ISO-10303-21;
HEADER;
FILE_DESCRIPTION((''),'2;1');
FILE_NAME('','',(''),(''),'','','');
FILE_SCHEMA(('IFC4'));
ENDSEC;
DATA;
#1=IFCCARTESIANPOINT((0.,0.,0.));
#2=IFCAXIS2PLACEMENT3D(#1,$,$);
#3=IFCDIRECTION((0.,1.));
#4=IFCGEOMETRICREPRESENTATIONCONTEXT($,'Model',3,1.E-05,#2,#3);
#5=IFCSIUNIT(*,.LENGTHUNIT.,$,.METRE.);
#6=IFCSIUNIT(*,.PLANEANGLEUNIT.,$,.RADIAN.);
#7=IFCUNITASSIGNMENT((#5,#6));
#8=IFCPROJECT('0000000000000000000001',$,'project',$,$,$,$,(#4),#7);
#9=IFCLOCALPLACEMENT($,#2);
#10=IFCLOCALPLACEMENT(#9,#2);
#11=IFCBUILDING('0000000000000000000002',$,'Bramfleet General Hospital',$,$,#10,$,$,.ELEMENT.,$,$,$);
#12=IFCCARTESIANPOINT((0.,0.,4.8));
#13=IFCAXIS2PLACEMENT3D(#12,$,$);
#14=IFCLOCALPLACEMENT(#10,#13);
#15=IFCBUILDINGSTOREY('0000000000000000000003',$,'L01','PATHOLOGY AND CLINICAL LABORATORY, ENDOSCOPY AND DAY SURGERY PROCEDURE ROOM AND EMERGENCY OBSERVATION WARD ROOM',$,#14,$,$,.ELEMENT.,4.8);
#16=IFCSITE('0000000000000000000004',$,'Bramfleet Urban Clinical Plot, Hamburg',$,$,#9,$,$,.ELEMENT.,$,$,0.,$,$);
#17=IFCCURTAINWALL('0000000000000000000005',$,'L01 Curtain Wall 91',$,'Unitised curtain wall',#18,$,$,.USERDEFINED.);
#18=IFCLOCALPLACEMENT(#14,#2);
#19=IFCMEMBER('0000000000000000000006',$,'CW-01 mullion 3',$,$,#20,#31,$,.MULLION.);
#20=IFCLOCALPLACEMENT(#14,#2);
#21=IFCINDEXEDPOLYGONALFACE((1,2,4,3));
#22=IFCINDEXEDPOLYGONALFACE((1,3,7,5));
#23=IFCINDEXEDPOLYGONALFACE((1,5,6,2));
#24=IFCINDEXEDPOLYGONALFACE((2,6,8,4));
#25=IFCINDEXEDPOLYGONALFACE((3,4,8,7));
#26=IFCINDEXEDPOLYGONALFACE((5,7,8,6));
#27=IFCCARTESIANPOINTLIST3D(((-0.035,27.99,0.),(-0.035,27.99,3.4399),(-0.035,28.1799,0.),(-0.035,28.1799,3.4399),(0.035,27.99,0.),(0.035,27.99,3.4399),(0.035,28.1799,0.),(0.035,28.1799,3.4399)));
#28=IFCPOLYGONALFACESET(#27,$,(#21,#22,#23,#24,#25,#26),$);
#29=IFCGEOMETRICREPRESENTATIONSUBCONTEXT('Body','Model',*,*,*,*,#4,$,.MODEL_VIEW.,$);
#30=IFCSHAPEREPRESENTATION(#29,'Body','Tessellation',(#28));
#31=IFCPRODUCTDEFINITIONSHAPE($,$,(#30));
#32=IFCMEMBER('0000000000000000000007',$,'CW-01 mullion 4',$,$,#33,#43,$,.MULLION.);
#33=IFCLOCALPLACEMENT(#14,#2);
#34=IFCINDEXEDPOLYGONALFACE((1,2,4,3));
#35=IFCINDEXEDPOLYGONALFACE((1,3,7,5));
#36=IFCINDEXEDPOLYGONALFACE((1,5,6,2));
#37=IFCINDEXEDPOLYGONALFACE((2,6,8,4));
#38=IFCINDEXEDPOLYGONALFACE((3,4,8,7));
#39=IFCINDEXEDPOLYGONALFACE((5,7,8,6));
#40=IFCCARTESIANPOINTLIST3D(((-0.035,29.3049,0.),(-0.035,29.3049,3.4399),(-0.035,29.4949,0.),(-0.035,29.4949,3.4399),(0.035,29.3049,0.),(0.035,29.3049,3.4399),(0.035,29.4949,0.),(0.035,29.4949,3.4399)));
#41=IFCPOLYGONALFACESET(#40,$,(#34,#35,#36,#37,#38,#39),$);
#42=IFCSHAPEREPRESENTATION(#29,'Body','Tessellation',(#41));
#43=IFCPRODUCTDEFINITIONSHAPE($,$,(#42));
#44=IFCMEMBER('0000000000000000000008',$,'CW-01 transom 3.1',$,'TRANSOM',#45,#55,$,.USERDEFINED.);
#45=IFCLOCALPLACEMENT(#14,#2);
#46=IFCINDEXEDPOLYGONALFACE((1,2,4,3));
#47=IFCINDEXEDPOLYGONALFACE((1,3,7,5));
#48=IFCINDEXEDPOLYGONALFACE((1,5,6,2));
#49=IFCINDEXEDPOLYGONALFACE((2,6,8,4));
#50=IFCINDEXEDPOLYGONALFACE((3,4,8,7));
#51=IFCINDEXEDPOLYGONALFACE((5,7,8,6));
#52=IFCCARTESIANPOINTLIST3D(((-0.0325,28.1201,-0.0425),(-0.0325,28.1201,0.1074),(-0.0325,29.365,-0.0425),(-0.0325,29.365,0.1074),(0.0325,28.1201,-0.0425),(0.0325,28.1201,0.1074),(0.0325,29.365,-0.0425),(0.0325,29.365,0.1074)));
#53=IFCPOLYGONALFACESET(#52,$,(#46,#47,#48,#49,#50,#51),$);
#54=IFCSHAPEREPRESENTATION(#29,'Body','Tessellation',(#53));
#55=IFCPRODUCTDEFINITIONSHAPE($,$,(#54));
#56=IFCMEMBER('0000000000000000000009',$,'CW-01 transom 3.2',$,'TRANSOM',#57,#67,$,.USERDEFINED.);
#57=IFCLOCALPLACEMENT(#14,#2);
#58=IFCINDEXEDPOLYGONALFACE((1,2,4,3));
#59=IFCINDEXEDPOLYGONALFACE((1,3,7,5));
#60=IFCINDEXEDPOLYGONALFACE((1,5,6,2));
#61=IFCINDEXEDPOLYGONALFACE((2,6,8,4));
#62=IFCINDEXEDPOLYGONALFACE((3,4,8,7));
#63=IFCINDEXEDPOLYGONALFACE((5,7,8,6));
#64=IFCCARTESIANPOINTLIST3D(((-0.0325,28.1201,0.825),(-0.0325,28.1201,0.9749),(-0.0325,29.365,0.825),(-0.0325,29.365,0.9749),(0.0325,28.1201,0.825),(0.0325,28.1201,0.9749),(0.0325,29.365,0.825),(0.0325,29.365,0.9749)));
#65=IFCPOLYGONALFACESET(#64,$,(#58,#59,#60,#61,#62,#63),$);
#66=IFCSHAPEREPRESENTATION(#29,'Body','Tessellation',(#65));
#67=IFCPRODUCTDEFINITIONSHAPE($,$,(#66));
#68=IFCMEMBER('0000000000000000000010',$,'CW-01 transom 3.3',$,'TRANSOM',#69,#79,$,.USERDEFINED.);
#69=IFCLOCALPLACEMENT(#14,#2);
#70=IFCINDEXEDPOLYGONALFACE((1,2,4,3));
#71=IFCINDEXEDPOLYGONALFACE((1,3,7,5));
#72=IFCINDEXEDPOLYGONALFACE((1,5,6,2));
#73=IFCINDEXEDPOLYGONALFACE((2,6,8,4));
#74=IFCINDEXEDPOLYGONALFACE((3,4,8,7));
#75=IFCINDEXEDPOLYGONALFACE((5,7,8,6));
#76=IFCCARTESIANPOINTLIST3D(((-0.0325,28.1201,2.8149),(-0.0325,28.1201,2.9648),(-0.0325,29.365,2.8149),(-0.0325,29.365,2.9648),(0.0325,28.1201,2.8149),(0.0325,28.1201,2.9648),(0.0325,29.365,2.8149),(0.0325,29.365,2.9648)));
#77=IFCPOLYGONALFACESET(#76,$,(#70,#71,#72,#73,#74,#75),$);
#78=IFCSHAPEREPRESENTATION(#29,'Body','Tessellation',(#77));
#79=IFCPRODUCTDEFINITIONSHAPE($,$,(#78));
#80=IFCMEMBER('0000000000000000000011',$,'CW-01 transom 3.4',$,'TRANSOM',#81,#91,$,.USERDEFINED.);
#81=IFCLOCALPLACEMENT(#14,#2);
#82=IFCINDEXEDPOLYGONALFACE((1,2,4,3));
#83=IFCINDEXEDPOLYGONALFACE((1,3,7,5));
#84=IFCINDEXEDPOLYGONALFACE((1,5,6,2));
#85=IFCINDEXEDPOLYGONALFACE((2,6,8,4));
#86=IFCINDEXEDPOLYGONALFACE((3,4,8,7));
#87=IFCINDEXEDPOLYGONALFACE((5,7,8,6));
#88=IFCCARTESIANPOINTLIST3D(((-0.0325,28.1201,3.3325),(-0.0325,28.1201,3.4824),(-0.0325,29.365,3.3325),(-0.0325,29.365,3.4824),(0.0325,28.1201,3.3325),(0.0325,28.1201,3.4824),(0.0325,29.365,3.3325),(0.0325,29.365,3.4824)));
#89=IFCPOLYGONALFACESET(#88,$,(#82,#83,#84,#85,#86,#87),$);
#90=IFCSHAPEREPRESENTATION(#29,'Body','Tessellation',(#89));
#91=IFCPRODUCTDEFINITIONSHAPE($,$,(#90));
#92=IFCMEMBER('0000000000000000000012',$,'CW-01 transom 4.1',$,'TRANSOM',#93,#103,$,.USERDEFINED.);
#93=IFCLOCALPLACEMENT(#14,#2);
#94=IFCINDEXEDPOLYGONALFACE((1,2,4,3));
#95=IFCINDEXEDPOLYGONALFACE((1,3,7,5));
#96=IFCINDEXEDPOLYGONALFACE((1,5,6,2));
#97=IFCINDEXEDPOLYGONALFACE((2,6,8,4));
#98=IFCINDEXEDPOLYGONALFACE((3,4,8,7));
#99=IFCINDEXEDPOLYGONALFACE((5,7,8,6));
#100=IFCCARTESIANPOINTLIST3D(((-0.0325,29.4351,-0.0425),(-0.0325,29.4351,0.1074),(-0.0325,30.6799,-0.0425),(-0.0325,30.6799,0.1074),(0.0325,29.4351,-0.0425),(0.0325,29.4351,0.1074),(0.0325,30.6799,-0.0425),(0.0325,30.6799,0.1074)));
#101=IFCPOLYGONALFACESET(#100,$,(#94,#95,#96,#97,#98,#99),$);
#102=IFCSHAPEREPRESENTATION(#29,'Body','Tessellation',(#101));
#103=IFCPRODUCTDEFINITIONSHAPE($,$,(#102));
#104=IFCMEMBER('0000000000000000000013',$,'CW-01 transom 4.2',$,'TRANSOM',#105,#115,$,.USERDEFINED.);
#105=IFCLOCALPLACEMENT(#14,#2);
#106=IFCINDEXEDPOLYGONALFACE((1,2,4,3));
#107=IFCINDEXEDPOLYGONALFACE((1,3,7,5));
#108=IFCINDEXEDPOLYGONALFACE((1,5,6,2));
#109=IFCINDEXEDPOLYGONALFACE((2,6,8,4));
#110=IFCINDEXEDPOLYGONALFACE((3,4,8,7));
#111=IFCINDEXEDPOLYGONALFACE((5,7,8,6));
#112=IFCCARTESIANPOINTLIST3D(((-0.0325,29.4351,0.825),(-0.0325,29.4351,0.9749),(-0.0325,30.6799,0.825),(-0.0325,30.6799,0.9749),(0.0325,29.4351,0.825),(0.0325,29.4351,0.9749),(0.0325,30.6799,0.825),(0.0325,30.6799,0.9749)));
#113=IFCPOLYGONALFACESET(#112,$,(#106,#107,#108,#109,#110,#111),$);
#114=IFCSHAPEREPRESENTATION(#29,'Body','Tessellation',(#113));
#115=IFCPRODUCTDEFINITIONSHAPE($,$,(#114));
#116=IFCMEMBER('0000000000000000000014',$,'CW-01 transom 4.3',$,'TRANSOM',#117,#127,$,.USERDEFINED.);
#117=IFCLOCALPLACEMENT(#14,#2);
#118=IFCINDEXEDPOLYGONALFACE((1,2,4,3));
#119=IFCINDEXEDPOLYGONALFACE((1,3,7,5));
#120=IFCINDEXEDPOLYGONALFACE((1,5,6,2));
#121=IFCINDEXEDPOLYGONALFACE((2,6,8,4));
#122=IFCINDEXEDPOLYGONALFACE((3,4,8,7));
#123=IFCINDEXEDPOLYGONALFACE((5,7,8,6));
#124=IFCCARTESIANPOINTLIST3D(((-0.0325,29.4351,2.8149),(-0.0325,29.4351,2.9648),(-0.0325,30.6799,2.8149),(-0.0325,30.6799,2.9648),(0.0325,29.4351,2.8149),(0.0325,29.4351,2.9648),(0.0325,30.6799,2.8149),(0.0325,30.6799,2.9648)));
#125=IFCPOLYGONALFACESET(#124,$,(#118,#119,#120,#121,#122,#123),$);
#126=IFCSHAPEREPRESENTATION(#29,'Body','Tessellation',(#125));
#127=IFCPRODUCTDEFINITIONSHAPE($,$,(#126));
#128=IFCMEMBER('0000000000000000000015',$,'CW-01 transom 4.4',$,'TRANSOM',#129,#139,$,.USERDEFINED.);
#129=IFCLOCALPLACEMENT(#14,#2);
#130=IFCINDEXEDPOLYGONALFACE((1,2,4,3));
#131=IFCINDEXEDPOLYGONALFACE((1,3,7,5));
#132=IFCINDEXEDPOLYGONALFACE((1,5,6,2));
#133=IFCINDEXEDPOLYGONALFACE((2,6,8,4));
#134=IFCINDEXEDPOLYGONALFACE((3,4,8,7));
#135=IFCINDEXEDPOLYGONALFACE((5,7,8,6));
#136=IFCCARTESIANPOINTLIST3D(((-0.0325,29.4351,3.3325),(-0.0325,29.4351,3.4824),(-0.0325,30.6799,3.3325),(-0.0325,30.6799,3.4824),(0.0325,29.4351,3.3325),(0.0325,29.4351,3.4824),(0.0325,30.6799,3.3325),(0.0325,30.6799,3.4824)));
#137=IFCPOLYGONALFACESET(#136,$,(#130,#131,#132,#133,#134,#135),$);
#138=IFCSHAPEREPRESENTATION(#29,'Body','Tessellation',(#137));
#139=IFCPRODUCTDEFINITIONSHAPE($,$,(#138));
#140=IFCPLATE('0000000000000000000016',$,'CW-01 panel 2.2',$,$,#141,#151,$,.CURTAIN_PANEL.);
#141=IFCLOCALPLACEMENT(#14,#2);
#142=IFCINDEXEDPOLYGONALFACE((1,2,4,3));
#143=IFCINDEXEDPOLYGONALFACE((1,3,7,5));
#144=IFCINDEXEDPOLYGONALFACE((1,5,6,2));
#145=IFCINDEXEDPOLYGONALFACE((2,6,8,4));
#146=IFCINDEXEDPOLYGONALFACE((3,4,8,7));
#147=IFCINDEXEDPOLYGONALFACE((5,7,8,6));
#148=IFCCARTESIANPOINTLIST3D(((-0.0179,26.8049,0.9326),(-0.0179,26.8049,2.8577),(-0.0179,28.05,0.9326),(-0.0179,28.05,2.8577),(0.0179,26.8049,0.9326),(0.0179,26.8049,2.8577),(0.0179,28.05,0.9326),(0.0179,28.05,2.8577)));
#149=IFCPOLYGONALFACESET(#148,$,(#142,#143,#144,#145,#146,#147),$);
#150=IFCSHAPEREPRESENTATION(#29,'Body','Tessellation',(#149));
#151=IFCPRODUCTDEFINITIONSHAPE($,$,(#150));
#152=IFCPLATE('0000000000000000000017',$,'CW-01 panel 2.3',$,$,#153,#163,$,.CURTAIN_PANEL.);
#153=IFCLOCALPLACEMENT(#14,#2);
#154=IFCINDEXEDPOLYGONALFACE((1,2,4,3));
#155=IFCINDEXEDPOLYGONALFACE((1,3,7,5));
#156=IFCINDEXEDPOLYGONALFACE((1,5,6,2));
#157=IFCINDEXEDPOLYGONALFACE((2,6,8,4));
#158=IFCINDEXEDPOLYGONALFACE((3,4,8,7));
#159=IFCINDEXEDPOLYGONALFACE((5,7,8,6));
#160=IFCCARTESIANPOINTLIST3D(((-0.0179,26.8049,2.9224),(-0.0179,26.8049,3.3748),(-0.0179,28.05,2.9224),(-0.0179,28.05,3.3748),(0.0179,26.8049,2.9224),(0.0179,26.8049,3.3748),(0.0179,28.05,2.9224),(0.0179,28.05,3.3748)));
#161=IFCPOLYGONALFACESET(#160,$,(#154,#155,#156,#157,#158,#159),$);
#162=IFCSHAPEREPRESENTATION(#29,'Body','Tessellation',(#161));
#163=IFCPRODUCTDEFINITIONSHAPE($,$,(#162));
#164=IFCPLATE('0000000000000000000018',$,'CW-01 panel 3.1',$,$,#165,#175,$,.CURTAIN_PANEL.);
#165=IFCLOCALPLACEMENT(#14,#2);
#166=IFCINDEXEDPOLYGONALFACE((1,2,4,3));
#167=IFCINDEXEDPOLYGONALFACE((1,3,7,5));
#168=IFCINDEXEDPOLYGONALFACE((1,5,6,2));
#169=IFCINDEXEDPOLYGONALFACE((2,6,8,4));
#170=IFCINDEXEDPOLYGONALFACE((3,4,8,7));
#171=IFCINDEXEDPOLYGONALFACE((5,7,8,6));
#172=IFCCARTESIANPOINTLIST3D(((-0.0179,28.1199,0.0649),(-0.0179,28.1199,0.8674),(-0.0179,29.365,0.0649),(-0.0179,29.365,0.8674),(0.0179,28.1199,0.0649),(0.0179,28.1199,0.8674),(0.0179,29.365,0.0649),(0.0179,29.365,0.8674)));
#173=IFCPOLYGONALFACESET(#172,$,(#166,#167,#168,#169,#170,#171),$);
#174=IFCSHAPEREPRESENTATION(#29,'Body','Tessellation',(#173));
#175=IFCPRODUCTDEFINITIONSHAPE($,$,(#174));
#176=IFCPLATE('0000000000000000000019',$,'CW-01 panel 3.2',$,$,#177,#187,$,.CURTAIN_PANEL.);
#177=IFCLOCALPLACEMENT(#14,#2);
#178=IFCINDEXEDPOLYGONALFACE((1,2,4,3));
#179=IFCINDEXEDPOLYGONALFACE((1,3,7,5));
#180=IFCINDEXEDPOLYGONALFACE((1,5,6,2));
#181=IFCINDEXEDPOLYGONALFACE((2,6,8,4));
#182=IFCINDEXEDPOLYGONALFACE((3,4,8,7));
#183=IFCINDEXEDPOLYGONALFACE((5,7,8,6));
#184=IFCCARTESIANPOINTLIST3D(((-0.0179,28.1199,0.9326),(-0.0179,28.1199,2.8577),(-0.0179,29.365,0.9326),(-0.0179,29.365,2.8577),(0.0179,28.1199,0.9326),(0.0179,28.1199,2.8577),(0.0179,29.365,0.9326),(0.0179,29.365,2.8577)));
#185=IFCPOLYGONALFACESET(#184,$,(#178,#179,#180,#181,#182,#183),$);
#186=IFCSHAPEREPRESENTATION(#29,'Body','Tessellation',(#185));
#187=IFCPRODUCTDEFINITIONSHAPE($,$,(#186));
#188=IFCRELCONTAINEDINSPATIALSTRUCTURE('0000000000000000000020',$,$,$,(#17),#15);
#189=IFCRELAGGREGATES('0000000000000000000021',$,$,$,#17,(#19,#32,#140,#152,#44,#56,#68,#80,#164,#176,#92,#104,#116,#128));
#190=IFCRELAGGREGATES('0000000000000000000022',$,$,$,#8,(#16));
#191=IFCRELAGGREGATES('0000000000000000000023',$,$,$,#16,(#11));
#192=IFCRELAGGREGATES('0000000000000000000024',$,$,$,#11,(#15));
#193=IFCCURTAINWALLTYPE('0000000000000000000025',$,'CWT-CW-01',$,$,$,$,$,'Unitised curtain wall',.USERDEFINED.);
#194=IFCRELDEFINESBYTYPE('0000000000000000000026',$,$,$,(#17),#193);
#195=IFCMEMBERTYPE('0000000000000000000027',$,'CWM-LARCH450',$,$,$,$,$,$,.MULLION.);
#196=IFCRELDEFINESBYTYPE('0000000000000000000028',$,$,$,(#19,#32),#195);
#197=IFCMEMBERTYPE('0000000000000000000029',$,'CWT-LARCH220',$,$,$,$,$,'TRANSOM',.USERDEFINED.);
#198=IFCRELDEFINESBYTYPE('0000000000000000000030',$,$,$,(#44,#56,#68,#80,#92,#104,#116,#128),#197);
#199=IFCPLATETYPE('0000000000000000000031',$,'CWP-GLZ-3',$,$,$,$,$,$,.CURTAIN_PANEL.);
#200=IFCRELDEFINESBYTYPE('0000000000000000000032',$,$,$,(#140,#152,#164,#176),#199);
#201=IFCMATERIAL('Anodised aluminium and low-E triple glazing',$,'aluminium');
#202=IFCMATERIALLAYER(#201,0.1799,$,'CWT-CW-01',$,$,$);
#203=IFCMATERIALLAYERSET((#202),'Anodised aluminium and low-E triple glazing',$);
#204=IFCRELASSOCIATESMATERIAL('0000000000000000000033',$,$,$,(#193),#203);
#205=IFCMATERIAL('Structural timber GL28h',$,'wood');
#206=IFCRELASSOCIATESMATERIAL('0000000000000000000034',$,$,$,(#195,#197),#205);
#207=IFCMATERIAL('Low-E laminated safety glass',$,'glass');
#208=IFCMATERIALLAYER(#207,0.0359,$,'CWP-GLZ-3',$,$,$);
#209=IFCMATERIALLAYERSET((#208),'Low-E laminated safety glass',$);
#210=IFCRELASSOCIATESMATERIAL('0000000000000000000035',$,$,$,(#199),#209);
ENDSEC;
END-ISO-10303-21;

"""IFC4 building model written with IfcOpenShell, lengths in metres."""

from ifc_helpers import new_model, si_unit, direction, frame, origin, origin_2d, place, context, subcontext, project, spatial, rectangle, extrude, material, layer, layer_set, material_profile, profile_set, type_object, element, aggregate, save


model = new_model("IFC4")

# Units and contexts
model_context = context("Model", 3, precision=1e-05, world=origin(), true_north=direction((0.0, 1.0)))
body_context = subcontext(model_context, "Body", "Model", "MODEL_VIEW")
ifc_project = project(units=[si_unit("LENGTHUNIT", "METRE"), si_unit("PLANEANGLEUNIT", "RADIAN")], contexts=[model_context])

# Site, building, storey
site_placement = place(None, origin())
site = spatial("IfcSite", under=ifc_project, at=site_placement, Name="Bramfleet Urban Clinical Plot, Hamburg", CompositionType="ELEMENT", RefElevation=0.0)
building_placement = place(site_placement, origin())
building = spatial("IfcBuilding", under=site, at=building_placement, Name="Bramfleet General Hospital", CompositionType="ELEMENT")
storey_placement = place(building_placement, frame((0.0, 0.0, 4.8)))
storey = spatial("IfcBuildingStorey", under=building, at=storey_placement, Name="L01", Description="PATHOLOGY AND CLINICAL LABORATORY, ENDOSCOPY AND DAY SURGERY PROCEDURE ROOM AND EMERGENCY OBSERVATION WARD ROOM", CompositionType="ELEMENT", Elevation=4.8)

# Curtain wall, members, plates
ifc_material_1 = material(Name="Anodised aluminium and low-E triple glazing", Category="aluminium")
ifc_layer_1 = layer(ifc_material_1, 0.1799, Name="CWT-CW-01")
ifc_layer_set_1 = layer_set([ifc_layer_1], Name="Anodised aluminium and low-E triple glazing")
curtain_wall_type = type_object("IfcCurtainWallType", Name="CWT-CW-01", ElementType="Unitised curtain wall", PredefinedType="USERDEFINED", material=ifc_layer_set_1)
curtain_wall_placement = place(storey_placement, origin())
curtain_wall = element("IfcCurtainWall", 1, at=curtain_wall_placement, inside=storey, type_object=curtain_wall_type, Name="L01 Curtain Wall 91", ObjectType="Unitised curtain wall", PredefinedType="USERDEFINED")
ifc_material_2 = material(Name="Structural timber GL28h", Category="wood")
ifc_material_profile_1 = material_profile(ifc_material_2, rectangle(XDim=0.0701, YDim=0.1899, at=origin_2d()), Name="LARCH 190x70")
ifc_profile_set_1 = profile_set([ifc_material_profile_1], Name="Structural timber GL28h")
member_type_1 = type_object("IfcMemberType", Name="CWM-LARCH450", PredefinedType="MULLION", material=ifc_profile_set_1)
member_1_placement = place(storey_placement, frame((0.0, 28.085, 0.0), z_axis=(0.0, 0.0, 1.0), x_axis=(-1.0, 0.0, 0.0)))
member_1 = element("IfcMember", 2, at=member_1_placement, type_object=member_type_1, Name="CW-01 mullion 3", PredefinedType="MULLION", context=body_context, shape_type="SweptSolid", body=[
    extrude(rectangle(XDim=0.0701, YDim=0.1899, at=origin_2d()), origin(), (0.0, 0.0, 1.0), 3.4399),
])
member_2_placement = place(storey_placement, frame((0.0, 29.3999, 0.0), z_axis=(0.0, 0.0, 1.0), x_axis=(-1.0, 0.0, 0.0)))
member_2 = element("IfcMember", 3, at=member_2_placement, type_object=member_type_1, Name="CW-01 mullion 4", PredefinedType="MULLION", context=body_context, shape_type="SweptSolid", body=[
    extrude(rectangle(XDim=0.0701, YDim=0.1899, at=origin_2d()), origin(), (0.0, 0.0, 1.0), 3.4399),
])
ifc_material_profile_2 = material_profile(ifc_material_2, rectangle(XDim=0.0649, YDim=0.1499, at=origin_2d()), Name="LARCH 150x65")
ifc_profile_set_2 = profile_set([ifc_material_profile_2], Name="Structural timber GL28h")
member_type_2 = type_object("IfcMemberType", Name="CWT-LARCH220", ElementType="TRANSOM", PredefinedType="USERDEFINED", material=ifc_profile_set_2)
member_3_placement = place(storey_placement, frame((0.0, 28.1201, 0.0325), z_axis=(0.0, 1.0, 0.0), x_axis=(-1.0, 0.0, 0.0)))
member_3 = element("IfcMember", 4, at=member_3_placement, type_object=member_type_2, Name="CW-01 transom 3.1", ObjectType="TRANSOM", PredefinedType="USERDEFINED", context=body_context, shape_type="SweptSolid", body=[
    extrude(rectangle(XDim=0.0649, YDim=0.1499, at=origin_2d()), origin(), (0.0, 0.0, 1.0), 1.2449),
])
member_4_placement = place(storey_placement, frame((0.0, 28.1201, 0.8999), z_axis=(0.0, 1.0, 0.0), x_axis=(-1.0, 0.0, 0.0)))
member_4 = element("IfcMember", 5, at=member_4_placement, type_object=member_type_2, Name="CW-01 transom 3.2", ObjectType="TRANSOM", PredefinedType="USERDEFINED", context=body_context, shape_type="SweptSolid", body=[
    extrude(rectangle(XDim=0.0649, YDim=0.1499, at=origin_2d()), origin(), (0.0, 0.0, 1.0), 1.2449),
])
member_5_placement = place(storey_placement, frame((0.0, 28.1201, 2.8899), z_axis=(0.0, 1.0, 0.0), x_axis=(-1.0, 0.0, 0.0)))
member_5 = element("IfcMember", 6, at=member_5_placement, type_object=member_type_2, Name="CW-01 transom 3.3", ObjectType="TRANSOM", PredefinedType="USERDEFINED", context=body_context, shape_type="SweptSolid", body=[
    extrude(rectangle(XDim=0.0649, YDim=0.1499, at=origin_2d()), origin(), (0.0, 0.0, 1.0), 1.2449),
])
member_6_placement = place(storey_placement, frame((0.0, 28.1201, 3.4075), z_axis=(0.0, 1.0, 0.0), x_axis=(-1.0, 0.0, 0.0)))
member_6 = element("IfcMember", 7, at=member_6_placement, type_object=member_type_2, Name="CW-01 transom 3.4", ObjectType="TRANSOM", PredefinedType="USERDEFINED", context=body_context, shape_type="SweptSolid", body=[
    extrude(rectangle(XDim=0.0649, YDim=0.1499, at=origin_2d()), origin(), (0.0, 0.0, 1.0), 1.2449),
])
member_7_placement = place(storey_placement, frame((0.0, 29.4351, 0.0325), z_axis=(0.0, 1.0, 0.0), x_axis=(-1.0, 0.0, 0.0)))
member_7 = element("IfcMember", 8, at=member_7_placement, type_object=member_type_2, Name="CW-01 transom 4.1", ObjectType="TRANSOM", PredefinedType="USERDEFINED", context=body_context, shape_type="SweptSolid", body=[
    extrude(rectangle(XDim=0.0649, YDim=0.1499, at=origin_2d()), origin(), (0.0, 0.0, 1.0), 1.2449),
])
member_8_placement = place(storey_placement, frame((0.0, 29.4351, 0.8999), z_axis=(0.0, 1.0, 0.0), x_axis=(-1.0, 0.0, 0.0)))
member_8 = element("IfcMember", 9, at=member_8_placement, type_object=member_type_2, Name="CW-01 transom 4.2", ObjectType="TRANSOM", PredefinedType="USERDEFINED", context=body_context, shape_type="SweptSolid", body=[
    extrude(rectangle(XDim=0.0649, YDim=0.1499, at=origin_2d()), origin(), (0.0, 0.0, 1.0), 1.2449),
])
member_9_placement = place(storey_placement, frame((0.0, 29.4351, 2.8899), z_axis=(0.0, 1.0, 0.0), x_axis=(-1.0, 0.0, 0.0)))
member_9 = element("IfcMember", 10, at=member_9_placement, type_object=member_type_2, Name="CW-01 transom 4.3", ObjectType="TRANSOM", PredefinedType="USERDEFINED", context=body_context, shape_type="SweptSolid", body=[
    extrude(rectangle(XDim=0.0649, YDim=0.1499, at=origin_2d()), origin(), (0.0, 0.0, 1.0), 1.2449),
])
member_10_placement = place(storey_placement, frame((0.0, 29.4351, 3.4075), z_axis=(0.0, 1.0, 0.0), x_axis=(-1.0, 0.0, 0.0)))
member_10 = element("IfcMember", 11, at=member_10_placement, type_object=member_type_2, Name="CW-01 transom 4.4", ObjectType="TRANSOM", PredefinedType="USERDEFINED", context=body_context, shape_type="SweptSolid", body=[
    extrude(rectangle(XDim=0.0649, YDim=0.1499, at=origin_2d()), origin(), (0.0, 0.0, 1.0), 1.2449),
])
ifc_material_3 = material(Name="Low-E laminated safety glass", Category="glass")
ifc_layer_2 = layer(ifc_material_3, 0.0359, Name="CWP-GLZ-3")
ifc_layer_set_2 = layer_set([ifc_layer_2], Name="Low-E laminated safety glass")
plate_type = type_object("IfcPlateType", Name="CWP-GLZ-3", PredefinedType="CURTAIN_PANEL", material=ifc_layer_set_2)
plate_1_placement = place(storey_placement, frame((0.0, 27.4275, 0.9326), z_axis=(0.0, 0.0, 1.0), x_axis=(0.0, 1.0, 0.0)))
plate_1 = element("IfcPlate", 12, at=plate_1_placement, type_object=plate_type, Name="CW-01 panel 2.2", PredefinedType="CURTAIN_PANEL", context=body_context, shape_type="SweptSolid", body=[
    extrude(rectangle(XDim=1.2451, YDim=0.0359, at=origin_2d()), origin(), (0.0, 0.0, 1.0), 1.925),
])
plate_2_placement = place(storey_placement, frame((0.0, 27.4275, 2.9224), z_axis=(0.0, 0.0, 1.0), x_axis=(0.0, 1.0, 0.0)))
plate_2 = element("IfcPlate", 13, at=plate_2_placement, type_object=plate_type, Name="CW-01 panel 2.3", PredefinedType="CURTAIN_PANEL", context=body_context, shape_type="SweptSolid", body=[
    extrude(rectangle(XDim=1.2451, YDim=0.0359, at=origin_2d()), origin(), (0.0, 0.0, 1.0), 0.4524),
])
plate_3_placement = place(storey_placement, frame((0.0, 28.7424, 0.0649), z_axis=(0.0, 0.0, 1.0), x_axis=(0.0, 1.0, 0.0)))
plate_3 = element("IfcPlate", 14, at=plate_3_placement, type_object=plate_type, Name="CW-01 panel 3.1", PredefinedType="CURTAIN_PANEL", context=body_context, shape_type="SweptSolid", body=[
    extrude(rectangle(XDim=1.2451, YDim=0.0359, at=origin_2d()), origin(), (0.0, 0.0, 1.0), 0.8025),
])
plate_4_placement = place(storey_placement, frame((0.0, 28.7424, 0.9326), z_axis=(0.0, 0.0, 1.0), x_axis=(0.0, 1.0, 0.0)))
plate_4 = element("IfcPlate", 15, at=plate_4_placement, type_object=plate_type, Name="CW-01 panel 3.2", PredefinedType="CURTAIN_PANEL", context=body_context, shape_type="SweptSolid", body=[
    extrude(rectangle(XDim=1.2451, YDim=0.0359, at=origin_2d()), origin(), (0.0, 0.0, 1.0), 1.925),
])
aggregate(curtain_wall, [member_1, member_2, plate_1, plate_2, member_3, member_4, member_5, member_6, plate_3, plate_4, member_7, member_8, member_9, member_10])

save(model, "model.ifc")
